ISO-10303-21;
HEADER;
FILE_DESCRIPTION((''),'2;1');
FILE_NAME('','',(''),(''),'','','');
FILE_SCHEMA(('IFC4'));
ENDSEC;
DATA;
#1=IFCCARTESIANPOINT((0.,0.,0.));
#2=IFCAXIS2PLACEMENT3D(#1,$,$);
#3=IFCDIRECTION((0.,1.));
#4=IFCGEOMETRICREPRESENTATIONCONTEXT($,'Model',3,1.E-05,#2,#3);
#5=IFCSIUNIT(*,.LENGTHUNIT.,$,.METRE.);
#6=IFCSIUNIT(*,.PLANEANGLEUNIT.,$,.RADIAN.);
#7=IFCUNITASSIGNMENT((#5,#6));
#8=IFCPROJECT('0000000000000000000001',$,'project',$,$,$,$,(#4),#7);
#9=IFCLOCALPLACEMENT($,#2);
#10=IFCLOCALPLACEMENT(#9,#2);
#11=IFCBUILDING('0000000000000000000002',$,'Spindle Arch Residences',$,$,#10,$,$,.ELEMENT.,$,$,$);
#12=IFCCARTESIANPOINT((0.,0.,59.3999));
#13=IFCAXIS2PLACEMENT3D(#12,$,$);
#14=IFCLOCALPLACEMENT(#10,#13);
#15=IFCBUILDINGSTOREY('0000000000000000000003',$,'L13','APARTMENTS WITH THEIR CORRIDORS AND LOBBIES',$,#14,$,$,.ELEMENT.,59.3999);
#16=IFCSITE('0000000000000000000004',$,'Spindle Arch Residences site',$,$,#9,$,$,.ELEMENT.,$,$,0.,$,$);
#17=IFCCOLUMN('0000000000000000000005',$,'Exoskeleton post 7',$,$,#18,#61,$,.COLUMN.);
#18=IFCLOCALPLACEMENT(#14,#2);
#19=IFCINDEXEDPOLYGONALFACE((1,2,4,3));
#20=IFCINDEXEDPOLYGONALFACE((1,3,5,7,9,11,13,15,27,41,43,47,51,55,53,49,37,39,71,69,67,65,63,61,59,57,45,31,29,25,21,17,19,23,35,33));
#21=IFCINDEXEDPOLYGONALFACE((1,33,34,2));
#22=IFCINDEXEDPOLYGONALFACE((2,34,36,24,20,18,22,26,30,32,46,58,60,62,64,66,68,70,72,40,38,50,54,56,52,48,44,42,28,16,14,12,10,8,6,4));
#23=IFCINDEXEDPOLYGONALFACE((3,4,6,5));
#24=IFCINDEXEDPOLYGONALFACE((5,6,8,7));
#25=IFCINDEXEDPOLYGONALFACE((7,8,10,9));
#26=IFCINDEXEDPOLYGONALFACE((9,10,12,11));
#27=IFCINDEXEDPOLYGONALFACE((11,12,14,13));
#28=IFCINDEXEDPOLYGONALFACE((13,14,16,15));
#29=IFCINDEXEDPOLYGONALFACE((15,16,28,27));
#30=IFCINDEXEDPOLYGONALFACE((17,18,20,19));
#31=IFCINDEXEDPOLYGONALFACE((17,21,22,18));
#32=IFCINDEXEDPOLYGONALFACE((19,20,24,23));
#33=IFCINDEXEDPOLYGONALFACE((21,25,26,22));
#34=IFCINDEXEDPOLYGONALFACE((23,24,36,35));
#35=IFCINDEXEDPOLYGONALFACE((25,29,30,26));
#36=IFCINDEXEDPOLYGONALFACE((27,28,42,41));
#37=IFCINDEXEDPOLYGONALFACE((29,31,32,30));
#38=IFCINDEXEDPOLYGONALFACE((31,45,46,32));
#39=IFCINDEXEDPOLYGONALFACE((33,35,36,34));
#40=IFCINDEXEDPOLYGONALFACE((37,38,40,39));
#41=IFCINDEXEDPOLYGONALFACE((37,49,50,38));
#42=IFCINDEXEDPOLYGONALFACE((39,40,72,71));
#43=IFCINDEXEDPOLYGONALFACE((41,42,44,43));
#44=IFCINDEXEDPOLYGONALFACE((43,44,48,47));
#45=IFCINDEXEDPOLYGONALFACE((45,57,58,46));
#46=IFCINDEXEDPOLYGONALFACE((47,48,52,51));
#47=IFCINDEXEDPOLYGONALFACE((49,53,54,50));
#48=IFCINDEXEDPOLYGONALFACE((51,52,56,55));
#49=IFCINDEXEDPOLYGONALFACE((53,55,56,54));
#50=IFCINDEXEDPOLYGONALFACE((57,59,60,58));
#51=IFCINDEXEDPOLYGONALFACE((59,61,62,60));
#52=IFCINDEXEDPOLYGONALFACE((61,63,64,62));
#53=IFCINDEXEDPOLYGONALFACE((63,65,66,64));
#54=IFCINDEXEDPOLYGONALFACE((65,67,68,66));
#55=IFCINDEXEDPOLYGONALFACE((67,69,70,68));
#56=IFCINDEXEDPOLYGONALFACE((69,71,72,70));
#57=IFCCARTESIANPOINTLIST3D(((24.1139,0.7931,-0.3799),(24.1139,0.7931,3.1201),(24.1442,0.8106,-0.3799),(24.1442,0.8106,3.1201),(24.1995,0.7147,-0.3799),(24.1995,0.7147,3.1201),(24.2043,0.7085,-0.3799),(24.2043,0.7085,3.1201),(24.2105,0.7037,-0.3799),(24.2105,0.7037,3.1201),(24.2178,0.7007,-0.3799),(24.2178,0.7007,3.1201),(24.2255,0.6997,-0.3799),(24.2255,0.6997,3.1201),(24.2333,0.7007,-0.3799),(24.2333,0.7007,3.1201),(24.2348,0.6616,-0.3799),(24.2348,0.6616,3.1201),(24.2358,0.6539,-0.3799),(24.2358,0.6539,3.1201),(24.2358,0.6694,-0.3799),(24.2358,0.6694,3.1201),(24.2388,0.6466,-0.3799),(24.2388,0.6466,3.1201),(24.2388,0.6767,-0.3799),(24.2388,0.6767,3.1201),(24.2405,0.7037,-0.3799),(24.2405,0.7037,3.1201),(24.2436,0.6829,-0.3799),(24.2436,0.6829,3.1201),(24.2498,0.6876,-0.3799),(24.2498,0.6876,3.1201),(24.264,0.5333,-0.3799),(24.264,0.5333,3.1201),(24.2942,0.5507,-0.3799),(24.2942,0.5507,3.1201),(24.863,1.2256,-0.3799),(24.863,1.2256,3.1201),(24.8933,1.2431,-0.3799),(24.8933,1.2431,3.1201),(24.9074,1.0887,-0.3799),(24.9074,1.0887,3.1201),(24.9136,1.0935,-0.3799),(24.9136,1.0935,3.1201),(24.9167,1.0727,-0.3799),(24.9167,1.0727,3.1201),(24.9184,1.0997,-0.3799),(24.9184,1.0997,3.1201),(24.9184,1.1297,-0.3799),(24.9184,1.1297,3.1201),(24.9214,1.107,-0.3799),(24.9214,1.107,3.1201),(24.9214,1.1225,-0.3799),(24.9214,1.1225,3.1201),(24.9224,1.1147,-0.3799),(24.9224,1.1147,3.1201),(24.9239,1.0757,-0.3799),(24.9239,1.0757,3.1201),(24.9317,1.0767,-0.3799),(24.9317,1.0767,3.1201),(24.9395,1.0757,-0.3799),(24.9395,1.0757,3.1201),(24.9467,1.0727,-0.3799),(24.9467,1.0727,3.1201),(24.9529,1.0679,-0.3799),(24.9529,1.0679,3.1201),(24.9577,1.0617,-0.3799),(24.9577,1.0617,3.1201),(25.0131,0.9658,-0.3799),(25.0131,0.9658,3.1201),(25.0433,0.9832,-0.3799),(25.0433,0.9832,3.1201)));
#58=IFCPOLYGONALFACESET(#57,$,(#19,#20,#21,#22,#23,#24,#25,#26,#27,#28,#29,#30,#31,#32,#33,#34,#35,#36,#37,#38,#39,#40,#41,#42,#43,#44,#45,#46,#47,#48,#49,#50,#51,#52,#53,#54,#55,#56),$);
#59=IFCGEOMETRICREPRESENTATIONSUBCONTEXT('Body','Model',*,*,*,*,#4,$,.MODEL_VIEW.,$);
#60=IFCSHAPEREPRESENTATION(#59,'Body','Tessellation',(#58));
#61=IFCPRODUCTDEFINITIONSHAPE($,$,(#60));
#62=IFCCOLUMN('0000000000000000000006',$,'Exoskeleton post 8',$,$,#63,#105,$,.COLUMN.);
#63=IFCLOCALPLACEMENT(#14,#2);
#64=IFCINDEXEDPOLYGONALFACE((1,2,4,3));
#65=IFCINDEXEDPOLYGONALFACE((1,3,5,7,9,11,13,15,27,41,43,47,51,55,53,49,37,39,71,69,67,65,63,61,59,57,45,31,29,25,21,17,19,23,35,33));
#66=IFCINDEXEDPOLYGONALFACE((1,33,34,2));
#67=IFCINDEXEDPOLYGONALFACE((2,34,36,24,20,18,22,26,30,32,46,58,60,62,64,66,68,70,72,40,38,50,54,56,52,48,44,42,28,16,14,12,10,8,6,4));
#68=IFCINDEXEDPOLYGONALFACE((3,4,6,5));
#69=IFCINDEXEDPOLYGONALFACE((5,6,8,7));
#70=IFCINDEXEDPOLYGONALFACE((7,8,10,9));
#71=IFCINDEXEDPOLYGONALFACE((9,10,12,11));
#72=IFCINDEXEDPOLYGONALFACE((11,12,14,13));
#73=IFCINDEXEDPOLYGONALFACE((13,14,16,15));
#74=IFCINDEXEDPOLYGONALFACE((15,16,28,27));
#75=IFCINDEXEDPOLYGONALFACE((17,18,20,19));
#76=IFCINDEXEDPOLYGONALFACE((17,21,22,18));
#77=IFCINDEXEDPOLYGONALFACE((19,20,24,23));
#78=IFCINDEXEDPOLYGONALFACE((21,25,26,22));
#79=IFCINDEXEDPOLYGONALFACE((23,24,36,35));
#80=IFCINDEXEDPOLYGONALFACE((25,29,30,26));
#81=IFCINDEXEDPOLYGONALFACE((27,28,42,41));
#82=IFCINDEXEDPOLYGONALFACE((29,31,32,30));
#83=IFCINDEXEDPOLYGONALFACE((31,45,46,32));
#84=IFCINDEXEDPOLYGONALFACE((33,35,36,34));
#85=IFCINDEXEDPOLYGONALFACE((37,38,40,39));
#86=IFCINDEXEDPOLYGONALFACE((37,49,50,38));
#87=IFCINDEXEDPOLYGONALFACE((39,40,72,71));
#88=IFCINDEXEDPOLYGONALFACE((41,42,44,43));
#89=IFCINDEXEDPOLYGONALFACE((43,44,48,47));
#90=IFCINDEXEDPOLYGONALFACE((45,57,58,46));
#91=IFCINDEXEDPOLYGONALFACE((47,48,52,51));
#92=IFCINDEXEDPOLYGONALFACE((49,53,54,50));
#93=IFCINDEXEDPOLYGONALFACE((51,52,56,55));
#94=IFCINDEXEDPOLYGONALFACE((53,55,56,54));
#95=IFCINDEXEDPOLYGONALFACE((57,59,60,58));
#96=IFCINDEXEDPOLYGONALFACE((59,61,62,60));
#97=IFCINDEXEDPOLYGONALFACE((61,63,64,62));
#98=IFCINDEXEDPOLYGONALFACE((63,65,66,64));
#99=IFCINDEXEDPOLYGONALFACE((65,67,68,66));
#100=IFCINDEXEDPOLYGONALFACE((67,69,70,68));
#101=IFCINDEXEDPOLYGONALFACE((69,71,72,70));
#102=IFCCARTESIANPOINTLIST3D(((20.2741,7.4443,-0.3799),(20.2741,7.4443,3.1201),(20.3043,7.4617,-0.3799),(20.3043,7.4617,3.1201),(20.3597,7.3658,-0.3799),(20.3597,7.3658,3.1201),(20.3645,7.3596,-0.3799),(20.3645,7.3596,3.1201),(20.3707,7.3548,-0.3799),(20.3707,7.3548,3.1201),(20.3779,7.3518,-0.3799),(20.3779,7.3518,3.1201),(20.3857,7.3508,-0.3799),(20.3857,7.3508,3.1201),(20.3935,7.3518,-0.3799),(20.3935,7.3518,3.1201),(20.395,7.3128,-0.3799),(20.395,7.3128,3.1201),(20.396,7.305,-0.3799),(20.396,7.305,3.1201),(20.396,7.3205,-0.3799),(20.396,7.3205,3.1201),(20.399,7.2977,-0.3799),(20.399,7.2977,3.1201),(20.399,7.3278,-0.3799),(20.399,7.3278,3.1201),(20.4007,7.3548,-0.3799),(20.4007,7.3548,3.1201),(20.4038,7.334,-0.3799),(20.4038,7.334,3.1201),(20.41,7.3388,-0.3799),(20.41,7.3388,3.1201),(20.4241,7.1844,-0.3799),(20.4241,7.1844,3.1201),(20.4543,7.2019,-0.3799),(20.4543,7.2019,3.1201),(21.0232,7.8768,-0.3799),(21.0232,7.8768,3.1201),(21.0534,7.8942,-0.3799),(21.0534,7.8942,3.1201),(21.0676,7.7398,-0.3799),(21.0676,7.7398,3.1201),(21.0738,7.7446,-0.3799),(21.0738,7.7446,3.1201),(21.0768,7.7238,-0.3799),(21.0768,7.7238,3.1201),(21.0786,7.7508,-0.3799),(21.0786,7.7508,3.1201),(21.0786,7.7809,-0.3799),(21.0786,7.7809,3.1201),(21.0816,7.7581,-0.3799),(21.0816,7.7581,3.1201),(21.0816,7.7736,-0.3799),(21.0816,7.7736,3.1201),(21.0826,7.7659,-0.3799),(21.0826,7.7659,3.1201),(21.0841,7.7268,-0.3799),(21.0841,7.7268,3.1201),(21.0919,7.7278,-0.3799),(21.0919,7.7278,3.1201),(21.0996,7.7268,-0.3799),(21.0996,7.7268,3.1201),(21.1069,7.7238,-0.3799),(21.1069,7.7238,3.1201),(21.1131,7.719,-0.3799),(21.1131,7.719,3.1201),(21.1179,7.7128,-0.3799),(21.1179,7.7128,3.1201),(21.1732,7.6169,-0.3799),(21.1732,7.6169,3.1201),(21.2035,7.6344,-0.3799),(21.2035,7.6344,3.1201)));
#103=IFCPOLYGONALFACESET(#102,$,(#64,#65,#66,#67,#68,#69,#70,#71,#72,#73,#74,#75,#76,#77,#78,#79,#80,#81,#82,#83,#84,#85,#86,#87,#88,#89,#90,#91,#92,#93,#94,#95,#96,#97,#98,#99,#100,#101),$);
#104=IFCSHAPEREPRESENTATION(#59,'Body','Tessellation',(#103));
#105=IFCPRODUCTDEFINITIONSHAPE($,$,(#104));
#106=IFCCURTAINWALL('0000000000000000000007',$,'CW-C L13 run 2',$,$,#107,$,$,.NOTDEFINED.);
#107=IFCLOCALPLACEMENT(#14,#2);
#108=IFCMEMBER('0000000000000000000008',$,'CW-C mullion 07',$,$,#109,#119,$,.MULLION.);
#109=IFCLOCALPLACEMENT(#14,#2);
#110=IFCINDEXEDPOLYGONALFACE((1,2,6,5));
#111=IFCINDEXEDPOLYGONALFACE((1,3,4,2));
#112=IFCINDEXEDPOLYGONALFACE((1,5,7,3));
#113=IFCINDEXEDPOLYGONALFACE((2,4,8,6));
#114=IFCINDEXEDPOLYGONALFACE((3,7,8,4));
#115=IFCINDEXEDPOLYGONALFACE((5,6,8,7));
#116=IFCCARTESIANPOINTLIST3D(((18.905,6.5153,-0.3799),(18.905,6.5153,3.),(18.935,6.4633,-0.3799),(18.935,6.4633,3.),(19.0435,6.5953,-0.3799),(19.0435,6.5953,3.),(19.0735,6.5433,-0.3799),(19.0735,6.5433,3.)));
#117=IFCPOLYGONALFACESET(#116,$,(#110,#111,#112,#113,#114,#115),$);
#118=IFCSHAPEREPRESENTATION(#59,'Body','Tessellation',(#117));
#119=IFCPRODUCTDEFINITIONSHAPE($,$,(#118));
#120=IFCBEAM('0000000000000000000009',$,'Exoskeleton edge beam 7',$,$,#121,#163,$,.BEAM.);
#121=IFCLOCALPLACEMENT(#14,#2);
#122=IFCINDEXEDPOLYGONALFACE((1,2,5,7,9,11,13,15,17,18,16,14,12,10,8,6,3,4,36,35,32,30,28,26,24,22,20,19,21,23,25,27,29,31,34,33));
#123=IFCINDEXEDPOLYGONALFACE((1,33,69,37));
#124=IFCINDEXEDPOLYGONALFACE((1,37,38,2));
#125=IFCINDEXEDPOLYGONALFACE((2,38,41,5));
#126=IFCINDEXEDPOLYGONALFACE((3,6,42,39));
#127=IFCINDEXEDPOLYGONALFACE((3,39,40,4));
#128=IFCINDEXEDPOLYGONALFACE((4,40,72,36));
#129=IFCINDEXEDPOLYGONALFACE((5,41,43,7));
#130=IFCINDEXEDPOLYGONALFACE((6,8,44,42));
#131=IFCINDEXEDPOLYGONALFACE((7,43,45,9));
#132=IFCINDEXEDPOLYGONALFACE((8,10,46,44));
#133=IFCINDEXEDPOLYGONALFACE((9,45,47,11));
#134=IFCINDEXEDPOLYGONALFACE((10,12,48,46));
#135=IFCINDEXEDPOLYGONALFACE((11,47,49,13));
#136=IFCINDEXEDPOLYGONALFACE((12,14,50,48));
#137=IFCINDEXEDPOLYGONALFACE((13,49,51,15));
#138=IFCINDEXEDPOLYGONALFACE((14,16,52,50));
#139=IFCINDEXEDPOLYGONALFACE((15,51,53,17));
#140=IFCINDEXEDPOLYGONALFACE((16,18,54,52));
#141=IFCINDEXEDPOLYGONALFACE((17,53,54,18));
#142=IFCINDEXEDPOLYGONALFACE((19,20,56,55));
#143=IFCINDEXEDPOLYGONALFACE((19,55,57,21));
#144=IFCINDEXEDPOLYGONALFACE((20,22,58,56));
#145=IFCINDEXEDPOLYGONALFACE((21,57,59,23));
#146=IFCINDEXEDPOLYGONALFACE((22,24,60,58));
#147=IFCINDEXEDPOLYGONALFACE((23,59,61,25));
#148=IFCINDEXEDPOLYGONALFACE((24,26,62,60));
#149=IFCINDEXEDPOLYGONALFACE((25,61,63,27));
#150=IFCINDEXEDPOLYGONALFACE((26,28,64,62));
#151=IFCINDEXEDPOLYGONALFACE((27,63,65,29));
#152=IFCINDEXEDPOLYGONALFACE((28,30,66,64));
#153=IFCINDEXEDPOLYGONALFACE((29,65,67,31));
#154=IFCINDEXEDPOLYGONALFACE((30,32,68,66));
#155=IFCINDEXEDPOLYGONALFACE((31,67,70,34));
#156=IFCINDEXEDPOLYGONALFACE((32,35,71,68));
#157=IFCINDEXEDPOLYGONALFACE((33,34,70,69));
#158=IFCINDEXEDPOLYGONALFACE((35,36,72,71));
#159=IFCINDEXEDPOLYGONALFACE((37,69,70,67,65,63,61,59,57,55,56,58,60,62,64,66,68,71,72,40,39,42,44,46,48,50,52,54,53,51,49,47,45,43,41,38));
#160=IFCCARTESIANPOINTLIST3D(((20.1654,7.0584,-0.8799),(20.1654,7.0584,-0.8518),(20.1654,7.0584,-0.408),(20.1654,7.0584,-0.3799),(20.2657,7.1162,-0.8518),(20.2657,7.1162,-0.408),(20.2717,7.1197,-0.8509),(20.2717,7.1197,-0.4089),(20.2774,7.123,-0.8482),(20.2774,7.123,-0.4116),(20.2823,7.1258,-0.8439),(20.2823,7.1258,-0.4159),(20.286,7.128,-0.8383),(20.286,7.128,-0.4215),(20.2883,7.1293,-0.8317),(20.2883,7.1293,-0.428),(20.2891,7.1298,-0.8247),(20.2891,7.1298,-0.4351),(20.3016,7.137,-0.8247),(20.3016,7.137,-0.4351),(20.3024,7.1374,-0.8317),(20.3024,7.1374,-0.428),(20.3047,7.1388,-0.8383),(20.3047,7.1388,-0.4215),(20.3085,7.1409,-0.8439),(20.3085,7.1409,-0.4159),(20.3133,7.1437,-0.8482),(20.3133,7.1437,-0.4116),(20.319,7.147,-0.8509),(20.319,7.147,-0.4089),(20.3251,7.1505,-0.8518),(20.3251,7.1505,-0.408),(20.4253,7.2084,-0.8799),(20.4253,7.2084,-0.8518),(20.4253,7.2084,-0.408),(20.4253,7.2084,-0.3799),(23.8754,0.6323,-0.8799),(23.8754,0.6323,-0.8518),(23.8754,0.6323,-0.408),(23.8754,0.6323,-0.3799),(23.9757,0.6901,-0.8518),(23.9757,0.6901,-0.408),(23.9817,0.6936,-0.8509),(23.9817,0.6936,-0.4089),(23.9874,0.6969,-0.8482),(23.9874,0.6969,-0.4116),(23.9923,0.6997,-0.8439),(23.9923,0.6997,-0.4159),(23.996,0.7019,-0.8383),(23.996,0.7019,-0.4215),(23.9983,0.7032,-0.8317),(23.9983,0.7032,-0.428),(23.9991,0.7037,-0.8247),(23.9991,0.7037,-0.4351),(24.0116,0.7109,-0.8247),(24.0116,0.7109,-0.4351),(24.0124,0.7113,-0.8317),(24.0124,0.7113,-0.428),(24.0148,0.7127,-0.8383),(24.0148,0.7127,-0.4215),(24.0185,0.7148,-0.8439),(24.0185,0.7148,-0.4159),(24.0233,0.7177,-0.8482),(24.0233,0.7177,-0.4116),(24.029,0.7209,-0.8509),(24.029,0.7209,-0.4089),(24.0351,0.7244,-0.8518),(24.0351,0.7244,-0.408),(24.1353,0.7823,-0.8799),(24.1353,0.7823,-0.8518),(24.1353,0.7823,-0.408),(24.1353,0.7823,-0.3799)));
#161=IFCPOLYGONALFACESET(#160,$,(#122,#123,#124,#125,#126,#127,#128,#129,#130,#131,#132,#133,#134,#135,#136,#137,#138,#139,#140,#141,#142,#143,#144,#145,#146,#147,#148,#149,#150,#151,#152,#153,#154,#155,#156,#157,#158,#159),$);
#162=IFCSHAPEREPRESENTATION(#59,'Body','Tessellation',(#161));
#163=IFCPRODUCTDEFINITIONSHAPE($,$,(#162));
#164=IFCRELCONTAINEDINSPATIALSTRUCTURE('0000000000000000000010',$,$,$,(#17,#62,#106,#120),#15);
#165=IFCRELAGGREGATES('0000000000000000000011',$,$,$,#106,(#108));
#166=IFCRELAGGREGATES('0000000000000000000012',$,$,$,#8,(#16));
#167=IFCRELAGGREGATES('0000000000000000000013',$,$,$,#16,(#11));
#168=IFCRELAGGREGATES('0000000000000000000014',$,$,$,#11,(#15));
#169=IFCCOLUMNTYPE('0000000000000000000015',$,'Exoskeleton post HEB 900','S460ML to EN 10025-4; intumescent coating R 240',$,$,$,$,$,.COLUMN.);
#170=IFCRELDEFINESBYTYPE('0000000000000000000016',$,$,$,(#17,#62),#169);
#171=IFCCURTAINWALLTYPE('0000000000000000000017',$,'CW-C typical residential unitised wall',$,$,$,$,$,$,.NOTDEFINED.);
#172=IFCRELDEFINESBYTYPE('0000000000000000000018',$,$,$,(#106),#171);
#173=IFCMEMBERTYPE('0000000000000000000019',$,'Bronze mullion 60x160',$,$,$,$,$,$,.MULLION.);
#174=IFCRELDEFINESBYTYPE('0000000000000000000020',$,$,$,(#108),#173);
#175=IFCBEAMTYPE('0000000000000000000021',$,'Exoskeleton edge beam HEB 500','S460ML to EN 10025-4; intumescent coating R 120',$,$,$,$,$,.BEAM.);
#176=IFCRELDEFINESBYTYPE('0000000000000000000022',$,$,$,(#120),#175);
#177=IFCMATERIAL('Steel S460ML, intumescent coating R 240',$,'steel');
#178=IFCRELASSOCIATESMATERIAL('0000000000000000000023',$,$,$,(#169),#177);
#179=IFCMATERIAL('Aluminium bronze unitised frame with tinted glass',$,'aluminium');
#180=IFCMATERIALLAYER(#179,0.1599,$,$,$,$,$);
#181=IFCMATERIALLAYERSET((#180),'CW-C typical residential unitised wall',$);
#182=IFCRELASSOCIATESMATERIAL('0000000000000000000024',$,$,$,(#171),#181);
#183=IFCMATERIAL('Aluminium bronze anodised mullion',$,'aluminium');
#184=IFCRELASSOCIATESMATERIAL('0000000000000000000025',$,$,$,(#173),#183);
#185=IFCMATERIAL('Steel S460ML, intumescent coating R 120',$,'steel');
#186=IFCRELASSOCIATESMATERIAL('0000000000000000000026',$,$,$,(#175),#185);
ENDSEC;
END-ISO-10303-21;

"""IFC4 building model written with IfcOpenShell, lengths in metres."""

from ifc_helpers import new_model, si_unit, direction, frame, origin, origin_2d, place, context, subcontext, project, spatial, rectangle, i_section, extrude, material, layer, layer_set, material_profile, profile_set, type_object, element, aggregate, save


model = new_model("IFC4")

# Units and contexts
model_context = context("Model", 3, precision=1e-05, world=origin(), true_north=direction((0.0, 1.0)))
body_context = subcontext(model_context, "Body", "Model", "MODEL_VIEW")
ifc_project = project(units=[si_unit("LENGTHUNIT", "METRE"), si_unit("PLANEANGLEUNIT", "RADIAN")], contexts=[model_context])

# Site, building, storey
site_placement = place(None, origin())
site = spatial("IfcSite", under=ifc_project, at=site_placement, Name="Spindle Arch Residences site", CompositionType="ELEMENT", RefElevation=0.0)
building_placement = place(site_placement, origin())
building = spatial("IfcBuilding", under=site, at=building_placement, Name="Spindle Arch Residences", CompositionType="ELEMENT")
storey_placement = place(building_placement, frame((0.0, 0.0, 59.3999)))
storey = spatial("IfcBuildingStorey", under=building, at=storey_placement, Name="L13", Description="APARTMENTS WITH THEIR CORRIDORS AND LOBBIES", CompositionType="ELEMENT", Elevation=59.3999)

# Columns
ifc_material_1 = material(Name="Steel S460ML, intumescent coating R 240", Category="steel")
ifc_material_profile_1 = material_profile(ifc_material_1, i_section(OverallWidth=0.3, OverallDepth=0.8999, WebThickness=0.0186, FlangeThickness=0.0349, FilletRadius=0.03, at=origin_2d()), Name="HEB 900")
ifc_profile_set_1 = profile_set([ifc_material_profile_1], Name="Steel S460ML, intumescent coating R 240")
column_type = type_object("IfcColumnType", Name="Exoskeleton post HEB 900", Description="S460ML to EN 10025-4; intumescent coating R 240", PredefinedType="COLUMN", material=ifc_profile_set_1)
for number, where, z_axis, x_axis, name in (
    (1, (24.5786, 0.8882, -0.3799), (0.0, 0.0, 1.0), (0.5, -0.866025, 0.0), "Exoskeleton post 7"),
    (2, (20.7388, 7.5393, -0.3799), (0.0, 0.0, 1.0), (0.5, -0.866025, 0.0), "Exoskeleton post 8"),
):
    element("IfcColumn", number, at=place(storey_placement, frame(where, z_axis=z_axis, x_axis=x_axis)), inside=storey, type_object=column_type, Name=name, PredefinedType="COLUMN", context=body_context, shape_type="SweptSolid", body=[
        extrude(i_section(OverallWidth=0.3, OverallDepth=0.8999, WebThickness=0.0186, FlangeThickness=0.0349, FilletRadius=0.03, at=origin_2d()), origin(), (0.0, 0.0, 1.0), 3.5),
    ])

# Curtain wall, member
ifc_material_2 = material(Name="Aluminium bronze unitised frame with tinted glass", Category="aluminium")
ifc_layer_1 = layer(ifc_material_2, 0.1599)
ifc_layer_set_1 = layer_set([ifc_layer_1], Name="CW-C typical residential unitised wall")
curtain_wall_type = type_object("IfcCurtainWallType", Name="CW-C typical residential unitised wall", PredefinedType="NOTDEFINED", material=ifc_layer_set_1)
curtain_wall_placement = place(storey_placement, origin())
curtain_wall = element("IfcCurtainWall", 3, at=curtain_wall_placement, inside=storey, type_object=curtain_wall_type, Name="CW-C L13 run 2", PredefinedType="NOTDEFINED")
ifc_material_3 = material(Name="Aluminium bronze anodised mullion", Category="aluminium")
ifc_material_profile_2 = material_profile(ifc_material_3, rectangle(XDim=0.1599, YDim=0.0601, at=origin_2d()), Name="MU 60x160")
ifc_profile_set_2 = profile_set([ifc_material_profile_2], Name="Aluminium bronze anodised mullion")
member_type = type_object("IfcMemberType", Name="Bronze mullion 60x160", PredefinedType="MULLION", material=ifc_profile_set_2)
member_placement = place(storey_placement, frame((18.9893, 6.5293, -0.3799), z_axis=(0.0, 0.0, 1.0), x_axis=(-0.866025, -0.5, 0.0)))
member = element("IfcMember", 4, at=member_placement, type_object=member_type, Name="CW-C mullion 07", PredefinedType="MULLION", context=body_context, shape_type="SweptSolid", body=[
    extrude(rectangle(XDim=0.1599, YDim=0.0601, at=origin_2d()), origin(), (0.0, 0.0, 1.0), 3.3799),
])

# Beam
ifc_material_4 = material(Name="Steel S460ML, intumescent coating R 120", Category="steel")
ifc_material_profile_3 = material_profile(ifc_material_4, i_section(OverallWidth=0.3, OverallDepth=0.5, WebThickness=0.0144, FlangeThickness=0.0281, FilletRadius=0.0271, at=origin_2d()), Name="HEB 500")
ifc_profile_set_3 = profile_set([ifc_material_profile_3], Name="Steel S460ML, intumescent coating R 120")
beam_type_1 = type_object("IfcBeamType", Name="Exoskeleton edge beam HEB 500", Description="S460ML to EN 10025-4; intumescent coating R 120", PredefinedType="BEAM", material=ifc_profile_set_3)
for number, where, z_axis, x_axis, name in (
    (5, (24.0054, 0.7073, -0.6299), (-0.499989, 0.866032, 0.0), (-0.866032, -0.499989, 0.0), "Exoskeleton edge beam 7"),
):
    element("IfcBeam", number, at=place(storey_placement, frame(where, z_axis=z_axis, x_axis=x_axis)), inside=storey, type_object=beam_type_1, Name=name, PredefinedType="BEAM", context=body_context, shape_type="SweptSolid", body=[
        extrude(i_section(OverallWidth=0.3, OverallDepth=0.5, WebThickness=0.0144, FlangeThickness=0.0281, FilletRadius=0.0271, at=origin_2d()), origin(), (0.0, 0.0, 1.0), 7.4202),
    ])

aggregate(curtain_wall, [member])

save(model, "model.ifc")
